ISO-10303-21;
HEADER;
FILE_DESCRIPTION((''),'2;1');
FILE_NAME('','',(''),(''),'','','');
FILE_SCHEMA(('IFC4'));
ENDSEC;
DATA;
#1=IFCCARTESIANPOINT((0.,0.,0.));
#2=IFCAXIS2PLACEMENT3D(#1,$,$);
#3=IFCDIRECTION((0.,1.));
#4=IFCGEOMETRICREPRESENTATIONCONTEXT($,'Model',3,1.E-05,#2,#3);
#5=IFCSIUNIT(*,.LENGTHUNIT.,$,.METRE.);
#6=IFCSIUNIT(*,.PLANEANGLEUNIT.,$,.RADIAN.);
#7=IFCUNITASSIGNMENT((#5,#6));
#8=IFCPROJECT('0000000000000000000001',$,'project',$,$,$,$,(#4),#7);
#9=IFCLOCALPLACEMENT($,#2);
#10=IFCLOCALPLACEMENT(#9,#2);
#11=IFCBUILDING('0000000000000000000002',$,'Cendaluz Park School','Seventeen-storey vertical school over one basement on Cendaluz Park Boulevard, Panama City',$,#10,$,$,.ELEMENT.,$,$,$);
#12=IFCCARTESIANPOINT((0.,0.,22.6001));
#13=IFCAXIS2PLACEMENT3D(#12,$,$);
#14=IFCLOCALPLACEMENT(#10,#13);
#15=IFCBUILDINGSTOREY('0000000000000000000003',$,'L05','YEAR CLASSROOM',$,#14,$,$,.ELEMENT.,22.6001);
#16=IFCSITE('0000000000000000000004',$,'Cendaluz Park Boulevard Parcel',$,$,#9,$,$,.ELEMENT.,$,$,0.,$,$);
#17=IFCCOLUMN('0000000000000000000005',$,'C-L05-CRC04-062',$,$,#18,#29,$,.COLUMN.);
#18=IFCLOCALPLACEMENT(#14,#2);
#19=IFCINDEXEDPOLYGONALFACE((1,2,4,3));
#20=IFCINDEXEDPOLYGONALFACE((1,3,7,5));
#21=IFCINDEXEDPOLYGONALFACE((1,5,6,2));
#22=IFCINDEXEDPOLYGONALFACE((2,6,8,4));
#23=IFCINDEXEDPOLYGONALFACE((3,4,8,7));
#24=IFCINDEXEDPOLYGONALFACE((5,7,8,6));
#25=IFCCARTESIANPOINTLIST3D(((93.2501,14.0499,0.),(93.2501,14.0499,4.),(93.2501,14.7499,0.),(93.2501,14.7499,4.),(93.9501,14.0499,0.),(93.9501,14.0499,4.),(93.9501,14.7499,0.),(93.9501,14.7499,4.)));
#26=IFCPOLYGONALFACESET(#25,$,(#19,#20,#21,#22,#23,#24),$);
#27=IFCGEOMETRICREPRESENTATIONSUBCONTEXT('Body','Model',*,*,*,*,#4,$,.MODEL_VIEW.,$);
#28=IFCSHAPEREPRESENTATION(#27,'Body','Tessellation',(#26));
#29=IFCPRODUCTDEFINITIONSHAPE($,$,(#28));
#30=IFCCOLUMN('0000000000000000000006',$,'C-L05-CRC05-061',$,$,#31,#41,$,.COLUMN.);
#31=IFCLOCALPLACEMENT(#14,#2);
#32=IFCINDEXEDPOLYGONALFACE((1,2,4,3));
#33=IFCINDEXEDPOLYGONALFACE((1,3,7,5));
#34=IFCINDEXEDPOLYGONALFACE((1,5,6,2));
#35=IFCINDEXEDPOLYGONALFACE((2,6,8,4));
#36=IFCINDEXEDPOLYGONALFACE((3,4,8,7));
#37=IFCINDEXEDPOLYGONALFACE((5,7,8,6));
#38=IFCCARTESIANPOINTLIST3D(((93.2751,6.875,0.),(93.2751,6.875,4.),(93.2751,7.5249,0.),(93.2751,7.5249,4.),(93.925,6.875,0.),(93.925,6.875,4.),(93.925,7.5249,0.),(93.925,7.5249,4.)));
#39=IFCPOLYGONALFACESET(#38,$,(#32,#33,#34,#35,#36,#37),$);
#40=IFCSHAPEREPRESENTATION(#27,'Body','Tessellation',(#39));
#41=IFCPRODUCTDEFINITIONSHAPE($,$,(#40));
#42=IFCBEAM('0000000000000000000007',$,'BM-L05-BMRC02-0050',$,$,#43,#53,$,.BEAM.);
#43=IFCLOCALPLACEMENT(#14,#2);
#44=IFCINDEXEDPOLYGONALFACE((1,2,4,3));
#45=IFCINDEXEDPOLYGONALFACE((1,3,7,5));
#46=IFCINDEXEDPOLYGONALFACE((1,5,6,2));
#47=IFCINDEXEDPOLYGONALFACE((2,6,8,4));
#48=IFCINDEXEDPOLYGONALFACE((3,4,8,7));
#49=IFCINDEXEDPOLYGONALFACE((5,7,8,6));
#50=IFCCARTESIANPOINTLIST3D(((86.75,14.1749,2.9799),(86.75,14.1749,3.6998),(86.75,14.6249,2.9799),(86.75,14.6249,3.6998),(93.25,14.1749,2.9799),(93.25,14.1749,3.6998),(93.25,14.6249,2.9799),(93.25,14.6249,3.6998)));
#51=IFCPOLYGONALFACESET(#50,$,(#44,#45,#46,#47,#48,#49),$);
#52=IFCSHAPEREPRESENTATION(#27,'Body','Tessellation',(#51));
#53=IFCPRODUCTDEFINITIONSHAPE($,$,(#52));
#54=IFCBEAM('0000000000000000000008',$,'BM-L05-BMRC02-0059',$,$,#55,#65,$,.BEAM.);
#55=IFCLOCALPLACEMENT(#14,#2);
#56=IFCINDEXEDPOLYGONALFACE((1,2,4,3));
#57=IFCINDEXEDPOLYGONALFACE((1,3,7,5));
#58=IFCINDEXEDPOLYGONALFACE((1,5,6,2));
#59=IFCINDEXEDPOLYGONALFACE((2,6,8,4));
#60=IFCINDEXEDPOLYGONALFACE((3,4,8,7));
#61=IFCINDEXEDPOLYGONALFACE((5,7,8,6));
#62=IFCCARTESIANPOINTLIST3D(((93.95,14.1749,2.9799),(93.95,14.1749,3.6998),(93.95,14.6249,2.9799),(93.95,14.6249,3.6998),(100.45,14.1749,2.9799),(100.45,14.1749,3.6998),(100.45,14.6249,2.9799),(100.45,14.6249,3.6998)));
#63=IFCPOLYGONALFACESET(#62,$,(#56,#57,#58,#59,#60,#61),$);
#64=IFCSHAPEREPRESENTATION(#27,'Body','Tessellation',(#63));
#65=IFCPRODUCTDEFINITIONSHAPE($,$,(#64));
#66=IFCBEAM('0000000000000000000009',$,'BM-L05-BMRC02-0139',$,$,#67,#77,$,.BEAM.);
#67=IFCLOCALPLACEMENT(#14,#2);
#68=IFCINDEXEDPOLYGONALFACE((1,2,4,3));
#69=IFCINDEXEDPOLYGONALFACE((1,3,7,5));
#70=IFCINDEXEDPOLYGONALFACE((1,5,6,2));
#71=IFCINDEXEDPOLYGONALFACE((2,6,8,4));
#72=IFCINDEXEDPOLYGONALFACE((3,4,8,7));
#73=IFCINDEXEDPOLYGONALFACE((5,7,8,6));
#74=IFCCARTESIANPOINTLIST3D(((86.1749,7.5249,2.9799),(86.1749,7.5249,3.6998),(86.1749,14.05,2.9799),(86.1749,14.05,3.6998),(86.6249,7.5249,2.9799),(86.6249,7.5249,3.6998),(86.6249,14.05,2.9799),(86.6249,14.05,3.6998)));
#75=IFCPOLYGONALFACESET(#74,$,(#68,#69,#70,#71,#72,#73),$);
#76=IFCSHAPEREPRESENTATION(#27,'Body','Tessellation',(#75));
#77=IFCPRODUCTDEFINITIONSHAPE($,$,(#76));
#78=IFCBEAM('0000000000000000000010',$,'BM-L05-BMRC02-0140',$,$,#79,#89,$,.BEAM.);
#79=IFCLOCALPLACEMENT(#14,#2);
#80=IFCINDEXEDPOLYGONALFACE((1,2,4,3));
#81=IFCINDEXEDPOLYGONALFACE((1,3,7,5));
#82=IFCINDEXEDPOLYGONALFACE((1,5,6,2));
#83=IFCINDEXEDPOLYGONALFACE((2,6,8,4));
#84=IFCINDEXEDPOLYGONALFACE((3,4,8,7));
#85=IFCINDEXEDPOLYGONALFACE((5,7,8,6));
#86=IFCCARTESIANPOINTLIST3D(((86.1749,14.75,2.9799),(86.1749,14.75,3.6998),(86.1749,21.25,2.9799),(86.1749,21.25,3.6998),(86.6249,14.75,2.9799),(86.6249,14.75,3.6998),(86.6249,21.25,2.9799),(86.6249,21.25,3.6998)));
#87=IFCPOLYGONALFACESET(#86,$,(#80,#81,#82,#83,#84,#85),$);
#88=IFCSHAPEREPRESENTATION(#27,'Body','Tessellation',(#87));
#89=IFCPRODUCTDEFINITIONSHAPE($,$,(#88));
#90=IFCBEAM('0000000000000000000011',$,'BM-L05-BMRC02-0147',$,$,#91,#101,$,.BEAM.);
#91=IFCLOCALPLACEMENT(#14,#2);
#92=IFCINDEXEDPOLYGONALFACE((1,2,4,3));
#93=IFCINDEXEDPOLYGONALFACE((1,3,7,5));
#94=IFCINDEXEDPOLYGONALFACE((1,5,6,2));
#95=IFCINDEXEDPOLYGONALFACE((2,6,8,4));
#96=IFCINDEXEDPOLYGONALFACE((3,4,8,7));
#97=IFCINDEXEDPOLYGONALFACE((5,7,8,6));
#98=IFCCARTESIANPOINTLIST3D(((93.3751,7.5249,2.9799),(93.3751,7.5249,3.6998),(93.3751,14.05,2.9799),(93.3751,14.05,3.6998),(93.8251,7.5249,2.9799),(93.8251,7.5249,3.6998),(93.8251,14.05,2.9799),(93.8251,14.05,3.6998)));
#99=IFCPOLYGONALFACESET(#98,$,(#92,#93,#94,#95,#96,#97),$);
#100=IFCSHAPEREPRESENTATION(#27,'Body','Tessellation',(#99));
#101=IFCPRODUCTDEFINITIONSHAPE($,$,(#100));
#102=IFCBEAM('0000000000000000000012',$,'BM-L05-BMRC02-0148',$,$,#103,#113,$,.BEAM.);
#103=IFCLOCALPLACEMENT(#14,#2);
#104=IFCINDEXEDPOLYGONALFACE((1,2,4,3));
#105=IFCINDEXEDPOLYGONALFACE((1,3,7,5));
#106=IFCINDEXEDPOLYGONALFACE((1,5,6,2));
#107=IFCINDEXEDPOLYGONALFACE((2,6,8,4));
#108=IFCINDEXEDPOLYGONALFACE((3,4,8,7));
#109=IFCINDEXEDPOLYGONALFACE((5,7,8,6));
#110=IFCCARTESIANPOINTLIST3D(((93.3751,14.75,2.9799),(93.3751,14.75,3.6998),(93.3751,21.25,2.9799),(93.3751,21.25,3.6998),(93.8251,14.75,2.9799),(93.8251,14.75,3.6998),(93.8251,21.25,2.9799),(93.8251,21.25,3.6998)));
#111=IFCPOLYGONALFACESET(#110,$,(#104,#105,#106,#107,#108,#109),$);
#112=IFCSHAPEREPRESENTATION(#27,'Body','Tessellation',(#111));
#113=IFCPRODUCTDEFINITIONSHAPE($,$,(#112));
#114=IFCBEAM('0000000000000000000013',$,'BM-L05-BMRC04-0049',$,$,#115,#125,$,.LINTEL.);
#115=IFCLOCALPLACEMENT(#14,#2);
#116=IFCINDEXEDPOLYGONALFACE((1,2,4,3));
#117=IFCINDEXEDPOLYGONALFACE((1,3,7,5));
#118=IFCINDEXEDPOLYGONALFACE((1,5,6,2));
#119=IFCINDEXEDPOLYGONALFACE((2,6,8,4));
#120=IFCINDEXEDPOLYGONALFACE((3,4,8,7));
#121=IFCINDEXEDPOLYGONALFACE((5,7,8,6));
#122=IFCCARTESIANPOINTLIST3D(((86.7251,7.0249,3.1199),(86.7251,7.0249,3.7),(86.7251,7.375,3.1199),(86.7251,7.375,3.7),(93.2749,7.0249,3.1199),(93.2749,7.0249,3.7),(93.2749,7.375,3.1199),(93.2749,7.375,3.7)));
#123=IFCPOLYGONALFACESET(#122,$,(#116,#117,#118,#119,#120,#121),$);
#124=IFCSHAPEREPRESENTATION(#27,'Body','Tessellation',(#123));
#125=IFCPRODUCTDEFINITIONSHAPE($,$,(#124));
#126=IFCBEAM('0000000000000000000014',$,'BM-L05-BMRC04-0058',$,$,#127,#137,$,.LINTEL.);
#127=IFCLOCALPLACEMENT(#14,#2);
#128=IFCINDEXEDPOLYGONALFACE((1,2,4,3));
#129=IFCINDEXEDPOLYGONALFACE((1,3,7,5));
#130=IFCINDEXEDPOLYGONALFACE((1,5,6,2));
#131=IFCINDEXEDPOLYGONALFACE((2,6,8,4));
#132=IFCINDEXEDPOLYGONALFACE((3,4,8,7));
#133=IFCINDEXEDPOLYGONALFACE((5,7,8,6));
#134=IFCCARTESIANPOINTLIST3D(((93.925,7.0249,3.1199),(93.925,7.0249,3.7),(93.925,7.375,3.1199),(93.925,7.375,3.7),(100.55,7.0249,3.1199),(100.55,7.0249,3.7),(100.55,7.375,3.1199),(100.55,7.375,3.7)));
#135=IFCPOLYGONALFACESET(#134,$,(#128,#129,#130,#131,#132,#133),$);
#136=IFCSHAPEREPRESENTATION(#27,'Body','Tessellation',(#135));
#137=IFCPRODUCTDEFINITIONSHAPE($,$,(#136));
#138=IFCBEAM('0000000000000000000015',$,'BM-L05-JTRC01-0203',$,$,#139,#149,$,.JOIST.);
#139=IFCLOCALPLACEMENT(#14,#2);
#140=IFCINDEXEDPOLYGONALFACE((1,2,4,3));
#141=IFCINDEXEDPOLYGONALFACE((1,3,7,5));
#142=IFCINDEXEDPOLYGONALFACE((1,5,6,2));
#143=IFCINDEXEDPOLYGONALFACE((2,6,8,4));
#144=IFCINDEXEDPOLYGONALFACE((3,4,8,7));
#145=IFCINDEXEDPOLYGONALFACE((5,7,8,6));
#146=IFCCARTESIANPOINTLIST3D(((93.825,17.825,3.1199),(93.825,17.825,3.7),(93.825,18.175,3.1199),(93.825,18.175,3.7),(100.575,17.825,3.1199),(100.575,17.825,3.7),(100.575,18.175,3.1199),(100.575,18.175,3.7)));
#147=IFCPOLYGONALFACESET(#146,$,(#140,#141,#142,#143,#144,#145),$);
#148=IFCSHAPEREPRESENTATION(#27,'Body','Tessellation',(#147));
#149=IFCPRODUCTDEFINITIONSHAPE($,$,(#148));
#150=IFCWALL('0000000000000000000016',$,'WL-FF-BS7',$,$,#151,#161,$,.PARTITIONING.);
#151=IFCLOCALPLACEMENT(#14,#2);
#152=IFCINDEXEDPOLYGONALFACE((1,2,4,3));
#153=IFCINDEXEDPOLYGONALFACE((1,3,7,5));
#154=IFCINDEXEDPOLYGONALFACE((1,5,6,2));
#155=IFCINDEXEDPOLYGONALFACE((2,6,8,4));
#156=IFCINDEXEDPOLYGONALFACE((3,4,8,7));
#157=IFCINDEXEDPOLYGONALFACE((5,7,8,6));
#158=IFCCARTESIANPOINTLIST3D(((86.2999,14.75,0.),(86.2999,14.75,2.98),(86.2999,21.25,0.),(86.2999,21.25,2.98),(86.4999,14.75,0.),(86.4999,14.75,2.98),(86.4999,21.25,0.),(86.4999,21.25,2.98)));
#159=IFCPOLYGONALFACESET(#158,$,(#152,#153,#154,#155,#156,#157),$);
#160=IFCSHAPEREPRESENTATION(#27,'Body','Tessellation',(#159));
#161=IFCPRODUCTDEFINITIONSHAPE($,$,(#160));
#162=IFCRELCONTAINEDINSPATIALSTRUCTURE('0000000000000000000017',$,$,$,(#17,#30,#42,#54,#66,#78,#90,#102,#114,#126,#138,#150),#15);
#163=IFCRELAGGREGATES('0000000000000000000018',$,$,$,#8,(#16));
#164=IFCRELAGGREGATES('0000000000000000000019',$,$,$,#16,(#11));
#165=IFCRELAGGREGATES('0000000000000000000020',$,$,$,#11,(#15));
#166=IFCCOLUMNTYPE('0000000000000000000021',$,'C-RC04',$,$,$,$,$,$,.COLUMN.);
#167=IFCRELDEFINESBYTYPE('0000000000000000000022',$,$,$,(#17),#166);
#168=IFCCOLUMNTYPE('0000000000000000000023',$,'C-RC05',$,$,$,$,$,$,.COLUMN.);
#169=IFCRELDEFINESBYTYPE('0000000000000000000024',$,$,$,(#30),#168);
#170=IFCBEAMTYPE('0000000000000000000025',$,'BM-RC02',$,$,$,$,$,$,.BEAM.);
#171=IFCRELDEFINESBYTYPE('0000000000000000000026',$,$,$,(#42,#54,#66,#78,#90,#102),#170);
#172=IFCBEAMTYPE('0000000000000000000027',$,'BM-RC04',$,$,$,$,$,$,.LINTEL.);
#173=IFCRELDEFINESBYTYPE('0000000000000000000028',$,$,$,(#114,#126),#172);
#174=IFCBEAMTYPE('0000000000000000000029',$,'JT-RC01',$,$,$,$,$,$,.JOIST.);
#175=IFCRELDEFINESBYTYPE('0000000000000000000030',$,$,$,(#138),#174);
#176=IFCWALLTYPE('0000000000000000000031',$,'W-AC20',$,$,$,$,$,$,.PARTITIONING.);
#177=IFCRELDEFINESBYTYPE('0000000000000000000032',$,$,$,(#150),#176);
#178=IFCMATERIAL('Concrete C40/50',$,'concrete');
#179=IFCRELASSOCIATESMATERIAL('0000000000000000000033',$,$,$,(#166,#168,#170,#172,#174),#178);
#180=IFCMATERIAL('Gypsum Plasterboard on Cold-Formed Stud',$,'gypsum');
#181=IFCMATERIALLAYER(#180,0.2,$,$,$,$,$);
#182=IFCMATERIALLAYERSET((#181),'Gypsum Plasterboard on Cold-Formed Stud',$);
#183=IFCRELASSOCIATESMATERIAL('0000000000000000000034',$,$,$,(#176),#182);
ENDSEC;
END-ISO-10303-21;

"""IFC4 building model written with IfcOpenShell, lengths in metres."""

from ifc_helpers import new_model, si_unit, direction, frame, frame_2d, origin, origin_2d, place, context, subcontext, project, spatial, rectangle, extrude, material, layer, layer_set, material_profile, profile_set, type_object, element, save


model = new_model("IFC4")

# Units and contexts
model_context = context("Model", 3, precision=1e-05, world=origin(), true_north=direction((0.0, 1.0)))
body_context = subcontext(model_context, "Body", "Model", "MODEL_VIEW")
ifc_project = project(units=[si_unit("LENGTHUNIT", "METRE"), si_unit("PLANEANGLEUNIT", "RADIAN")], contexts=[model_context])

# Site, building, storey
site_placement = place(None, origin())
site = spatial("IfcSite", under=ifc_project, at=site_placement, Name="Cendaluz Park Boulevard Parcel", CompositionType="ELEMENT", RefElevation=0.0)
building_placement = place(site_placement, origin())
building = spatial("IfcBuilding", under=site, at=building_placement, Name="Cendaluz Park School", Description="Seventeen-storey vertical school over one basement on Cendaluz Park Boulevard, Panama City", CompositionType="ELEMENT")
storey_placement = place(building_placement, frame((0.0, 0.0, 22.6001)))
storey = spatial("IfcBuildingStorey", under=building, at=storey_placement, Name="L05", Description="YEAR CLASSROOM", CompositionType="ELEMENT", Elevation=22.6001)

# Columns
ifc_material_1 = material(Name="Concrete C40/50", Category="concrete")
ifc_material_profile_1 = material_profile(ifc_material_1, rectangle(XDim=0.7, YDim=0.7, at=origin_2d()), Name="RC 700x700", Category="concrete")
ifc_profile_set_1 = profile_set([ifc_material_profile_1], Name="Concrete C40/50")
column_type_1 = type_object("IfcColumnType", Name="C-RC04", PredefinedType="COLUMN", material=ifc_profile_set_1)
column_1_placement = place(storey_placement, frame((93.6001, 14.3999, 0.0), z_axis=(0.0, 0.0, 1.0), x_axis=(1.0, 0.0, 0.0)))
element("IfcColumn", 1, at=column_1_placement, inside=storey, type_object=column_type_1, Name="C-L05-CRC04-062", PredefinedType="COLUMN", context=body_context, shape_type="SweptSolid", body=[
    extrude(rectangle(XDim=0.7, YDim=0.7, at=origin_2d()), origin(), (0.0, 0.0, 1.0), 4.0),
])
ifc_material_profile_2 = material_profile(ifc_material_1, rectangle(XDim=0.6499, YDim=0.6499, at=origin_2d()), Name="RC 650x650", Category="concrete")
ifc_profile_set_2 = profile_set([ifc_material_profile_2], Name="Concrete C40/50")
column_type_2 = type_object("IfcColumnType", Name="C-RC05", PredefinedType="COLUMN", material=ifc_profile_set_2)
column_2_placement = place(storey_placement, frame((93.6001, 7.2, 0.0), z_axis=(0.0, 0.0, 1.0), x_axis=(1.0, 0.0, 0.0)))
element("IfcColumn", 2, at=column_2_placement, inside=storey, type_object=column_type_2, Name="C-L05-CRC05-061", PredefinedType="COLUMN", context=body_context, shape_type="SweptSolid", body=[
    extrude(rectangle(XDim=0.6499, YDim=0.6499, at=origin_2d()), origin(), (0.0, 0.0, 1.0), 4.0),
])

# Beams
ifc_material_profile_3 = material_profile(ifc_material_1, rectangle(XDim=0.45, YDim=0.72, at=origin_2d()), Name="RC 450x720", Category="concrete")
ifc_profile_set_3 = profile_set([ifc_material_profile_3], Name="Concrete C40/50")
beam_type_1 = type_object("IfcBeamType", Name="BM-RC02", PredefinedType="BEAM", material=ifc_profile_set_3)
for number, where, z_axis, x_axis, name in (
    (3, (86.75, 14.3999, 3.3398), (1.0, 0.0, 0.0), (0.0, 1.0, 0.0), "BM-L05-BMRC02-0050"),
    (4, (93.95, 14.3999, 3.3398), (1.0, 0.0, 0.0), (0.0, 1.0, 0.0), "BM-L05-BMRC02-0059"),
):
    element("IfcBeam", number, at=place(storey_placement, frame(where, z_axis=z_axis, x_axis=x_axis)), inside=storey, type_object=beam_type_1, Name=name, PredefinedType="BEAM", context=body_context, shape_type="SweptSolid", body=[
        extrude(rectangle(XDim=0.45, YDim=0.72, at=origin_2d()), origin(), (0.0, 0.0, 1.0), 6.5),
    ])
beam_1_placement = place(storey_placement, frame((86.3999, 7.5249, 3.3398), z_axis=(0.0, 1.0, 0.0), x_axis=(-1.0, 0.0, 0.0)))
element("IfcBeam", 5, at=beam_1_placement, inside=storey, type_object=beam_type_1, Name="BM-L05-BMRC02-0139", PredefinedType="BEAM", context=body_context, shape_type="SweptSolid", body=[
    extrude(rectangle(XDim=0.45, YDim=0.72, at=origin_2d()), origin(), (0.0, 0.0, 1.0), 6.5251),
])
beam_2_placement = place(storey_placement, frame((86.3999, 14.75, 3.3398), z_axis=(0.0, 1.0, 0.0), x_axis=(-1.0, 0.0, 0.0)))
element("IfcBeam", 6, at=beam_2_placement, inside=storey, type_object=beam_type_1, Name="BM-L05-BMRC02-0140", PredefinedType="BEAM", context=body_context, shape_type="SweptSolid", body=[
    extrude(rectangle(XDim=0.45, YDim=0.72, at=origin_2d()), origin(), (0.0, 0.0, 1.0), 6.5),
])
beam_3_placement = place(storey_placement, frame((93.6001, 7.5249, 3.3398), z_axis=(0.0, 1.0, 0.0), x_axis=(-1.0, 0.0, 0.0)))
element("IfcBeam", 7, at=beam_3_placement, inside=storey, type_object=beam_type_1, Name="BM-L05-BMRC02-0147", PredefinedType="BEAM", context=body_context, shape_type="SweptSolid", body=[
    extrude(rectangle(XDim=0.45, YDim=0.72, at=origin_2d()), origin(), (0.0, 0.0, 1.0), 6.5251),
])
beam_4_placement = place(storey_placement, frame((93.6001, 14.75, 3.3398), z_axis=(0.0, 1.0, 0.0), x_axis=(-1.0, 0.0, 0.0)))
element("IfcBeam", 8, at=beam_4_placement, inside=storey, type_object=beam_type_1, Name="BM-L05-BMRC02-0148", PredefinedType="BEAM", context=body_context, shape_type="SweptSolid", body=[
    extrude(rectangle(XDim=0.45, YDim=0.72, at=origin_2d()), origin(), (0.0, 0.0, 1.0), 6.5),
])
ifc_material_profile_4 = material_profile(ifc_material_1, rectangle(XDim=0.3501, YDim=0.5801, at=origin_2d()), Name="RC 350x580", Category="concrete")
ifc_profile_set_4 = profile_set([ifc_material_profile_4], Name="Concrete C40/50")
beam_type_2 = type_object("IfcBeamType", Name="BM-RC04", PredefinedType="LINTEL", material=ifc_profile_set_4)
beam_5_placement = place(storey_placement, frame((86.7251, 7.2, 3.4099), z_axis=(1.0, 0.0, 0.0), x_axis=(0.0, 1.0, 0.0)))
element("IfcBeam", 9, at=beam_5_placement, inside=storey, type_object=beam_type_2, Name="BM-L05-BMRC04-0049", PredefinedType="LINTEL", context=body_context, shape_type="SweptSolid", body=[
    extrude(rectangle(XDim=0.3501, YDim=0.5801, at=origin_2d()), origin(), (0.0, 0.0, 1.0), 6.5498),
])
beam_6_placement = place(storey_placement, frame((93.925, 7.2, 3.4099), z_axis=(1.0, 0.0, 0.0), x_axis=(0.0, 1.0, 0.0)))
element("IfcBeam", 10, at=beam_6_placement, inside=storey, type_object=beam_type_2, Name="BM-L05-BMRC04-0058", PredefinedType="LINTEL", context=body_context, shape_type="SweptSolid", body=[
    extrude(rectangle(XDim=0.3501, YDim=0.5801, at=origin_2d()), origin(), (0.0, 0.0, 1.0), 6.625),
])
ifc_material_profile_5 = material_profile(ifc_material_1, rectangle(XDim=0.3501, YDim=0.5801, at=origin_2d()), Name="RC 350x580", Category="concrete")
ifc_profile_set_5 = profile_set([ifc_material_profile_5], Name="Concrete C40/50")
beam_type_3 = type_object("IfcBeamType", Name="JT-RC01", PredefinedType="JOIST", material=ifc_profile_set_5)
beam_7_placement = place(storey_placement, frame((93.825, 18.0, 3.4099), z_axis=(1.0, 0.0, 0.0), x_axis=(0.0, 1.0, 0.0)))
element("IfcBeam", 11, at=beam_7_placement, inside=storey, type_object=beam_type_3, Name="BM-L05-JTRC01-0203", PredefinedType="JOIST", context=body_context, shape_type="SweptSolid", body=[
    extrude(rectangle(XDim=0.3501, YDim=0.5801, at=origin_2d()), origin(), (0.0, 0.0, 1.0), 6.75),
])

# Wall
ifc_material_2 = material(Name="Gypsum Plasterboard on Cold-Formed Stud", Category="gypsum")
ifc_layer_1 = layer(ifc_material_2, 0.2)
ifc_layer_set_1 = layer_set([ifc_layer_1], Name="Gypsum Plasterboard on Cold-Formed Stud")
wall_type_1 = type_object("IfcWallType", Name="W-AC20", PredefinedType="PARTITIONING", material=ifc_layer_set_1)
wall_1_placement = place(storey_placement, frame((86.3999, 14.75, 0.0), z_axis=(0.0, 0.0, 1.0), x_axis=(0.0, 1.0, 0.0)))
element("IfcWall", 12, at=wall_1_placement, inside=storey, type_object=wall_type_1, Name="WL-FF-BS7", PredefinedType="PARTITIONING", context=body_context, shape_type="SweptSolid", body=[
    extrude(rectangle(XDim=6.5, YDim=0.2, at=frame_2d((3.25, 0.0))), origin(), (0.0, 0.0, 1.0), 2.98),
])

save(model, "model.ifc")
